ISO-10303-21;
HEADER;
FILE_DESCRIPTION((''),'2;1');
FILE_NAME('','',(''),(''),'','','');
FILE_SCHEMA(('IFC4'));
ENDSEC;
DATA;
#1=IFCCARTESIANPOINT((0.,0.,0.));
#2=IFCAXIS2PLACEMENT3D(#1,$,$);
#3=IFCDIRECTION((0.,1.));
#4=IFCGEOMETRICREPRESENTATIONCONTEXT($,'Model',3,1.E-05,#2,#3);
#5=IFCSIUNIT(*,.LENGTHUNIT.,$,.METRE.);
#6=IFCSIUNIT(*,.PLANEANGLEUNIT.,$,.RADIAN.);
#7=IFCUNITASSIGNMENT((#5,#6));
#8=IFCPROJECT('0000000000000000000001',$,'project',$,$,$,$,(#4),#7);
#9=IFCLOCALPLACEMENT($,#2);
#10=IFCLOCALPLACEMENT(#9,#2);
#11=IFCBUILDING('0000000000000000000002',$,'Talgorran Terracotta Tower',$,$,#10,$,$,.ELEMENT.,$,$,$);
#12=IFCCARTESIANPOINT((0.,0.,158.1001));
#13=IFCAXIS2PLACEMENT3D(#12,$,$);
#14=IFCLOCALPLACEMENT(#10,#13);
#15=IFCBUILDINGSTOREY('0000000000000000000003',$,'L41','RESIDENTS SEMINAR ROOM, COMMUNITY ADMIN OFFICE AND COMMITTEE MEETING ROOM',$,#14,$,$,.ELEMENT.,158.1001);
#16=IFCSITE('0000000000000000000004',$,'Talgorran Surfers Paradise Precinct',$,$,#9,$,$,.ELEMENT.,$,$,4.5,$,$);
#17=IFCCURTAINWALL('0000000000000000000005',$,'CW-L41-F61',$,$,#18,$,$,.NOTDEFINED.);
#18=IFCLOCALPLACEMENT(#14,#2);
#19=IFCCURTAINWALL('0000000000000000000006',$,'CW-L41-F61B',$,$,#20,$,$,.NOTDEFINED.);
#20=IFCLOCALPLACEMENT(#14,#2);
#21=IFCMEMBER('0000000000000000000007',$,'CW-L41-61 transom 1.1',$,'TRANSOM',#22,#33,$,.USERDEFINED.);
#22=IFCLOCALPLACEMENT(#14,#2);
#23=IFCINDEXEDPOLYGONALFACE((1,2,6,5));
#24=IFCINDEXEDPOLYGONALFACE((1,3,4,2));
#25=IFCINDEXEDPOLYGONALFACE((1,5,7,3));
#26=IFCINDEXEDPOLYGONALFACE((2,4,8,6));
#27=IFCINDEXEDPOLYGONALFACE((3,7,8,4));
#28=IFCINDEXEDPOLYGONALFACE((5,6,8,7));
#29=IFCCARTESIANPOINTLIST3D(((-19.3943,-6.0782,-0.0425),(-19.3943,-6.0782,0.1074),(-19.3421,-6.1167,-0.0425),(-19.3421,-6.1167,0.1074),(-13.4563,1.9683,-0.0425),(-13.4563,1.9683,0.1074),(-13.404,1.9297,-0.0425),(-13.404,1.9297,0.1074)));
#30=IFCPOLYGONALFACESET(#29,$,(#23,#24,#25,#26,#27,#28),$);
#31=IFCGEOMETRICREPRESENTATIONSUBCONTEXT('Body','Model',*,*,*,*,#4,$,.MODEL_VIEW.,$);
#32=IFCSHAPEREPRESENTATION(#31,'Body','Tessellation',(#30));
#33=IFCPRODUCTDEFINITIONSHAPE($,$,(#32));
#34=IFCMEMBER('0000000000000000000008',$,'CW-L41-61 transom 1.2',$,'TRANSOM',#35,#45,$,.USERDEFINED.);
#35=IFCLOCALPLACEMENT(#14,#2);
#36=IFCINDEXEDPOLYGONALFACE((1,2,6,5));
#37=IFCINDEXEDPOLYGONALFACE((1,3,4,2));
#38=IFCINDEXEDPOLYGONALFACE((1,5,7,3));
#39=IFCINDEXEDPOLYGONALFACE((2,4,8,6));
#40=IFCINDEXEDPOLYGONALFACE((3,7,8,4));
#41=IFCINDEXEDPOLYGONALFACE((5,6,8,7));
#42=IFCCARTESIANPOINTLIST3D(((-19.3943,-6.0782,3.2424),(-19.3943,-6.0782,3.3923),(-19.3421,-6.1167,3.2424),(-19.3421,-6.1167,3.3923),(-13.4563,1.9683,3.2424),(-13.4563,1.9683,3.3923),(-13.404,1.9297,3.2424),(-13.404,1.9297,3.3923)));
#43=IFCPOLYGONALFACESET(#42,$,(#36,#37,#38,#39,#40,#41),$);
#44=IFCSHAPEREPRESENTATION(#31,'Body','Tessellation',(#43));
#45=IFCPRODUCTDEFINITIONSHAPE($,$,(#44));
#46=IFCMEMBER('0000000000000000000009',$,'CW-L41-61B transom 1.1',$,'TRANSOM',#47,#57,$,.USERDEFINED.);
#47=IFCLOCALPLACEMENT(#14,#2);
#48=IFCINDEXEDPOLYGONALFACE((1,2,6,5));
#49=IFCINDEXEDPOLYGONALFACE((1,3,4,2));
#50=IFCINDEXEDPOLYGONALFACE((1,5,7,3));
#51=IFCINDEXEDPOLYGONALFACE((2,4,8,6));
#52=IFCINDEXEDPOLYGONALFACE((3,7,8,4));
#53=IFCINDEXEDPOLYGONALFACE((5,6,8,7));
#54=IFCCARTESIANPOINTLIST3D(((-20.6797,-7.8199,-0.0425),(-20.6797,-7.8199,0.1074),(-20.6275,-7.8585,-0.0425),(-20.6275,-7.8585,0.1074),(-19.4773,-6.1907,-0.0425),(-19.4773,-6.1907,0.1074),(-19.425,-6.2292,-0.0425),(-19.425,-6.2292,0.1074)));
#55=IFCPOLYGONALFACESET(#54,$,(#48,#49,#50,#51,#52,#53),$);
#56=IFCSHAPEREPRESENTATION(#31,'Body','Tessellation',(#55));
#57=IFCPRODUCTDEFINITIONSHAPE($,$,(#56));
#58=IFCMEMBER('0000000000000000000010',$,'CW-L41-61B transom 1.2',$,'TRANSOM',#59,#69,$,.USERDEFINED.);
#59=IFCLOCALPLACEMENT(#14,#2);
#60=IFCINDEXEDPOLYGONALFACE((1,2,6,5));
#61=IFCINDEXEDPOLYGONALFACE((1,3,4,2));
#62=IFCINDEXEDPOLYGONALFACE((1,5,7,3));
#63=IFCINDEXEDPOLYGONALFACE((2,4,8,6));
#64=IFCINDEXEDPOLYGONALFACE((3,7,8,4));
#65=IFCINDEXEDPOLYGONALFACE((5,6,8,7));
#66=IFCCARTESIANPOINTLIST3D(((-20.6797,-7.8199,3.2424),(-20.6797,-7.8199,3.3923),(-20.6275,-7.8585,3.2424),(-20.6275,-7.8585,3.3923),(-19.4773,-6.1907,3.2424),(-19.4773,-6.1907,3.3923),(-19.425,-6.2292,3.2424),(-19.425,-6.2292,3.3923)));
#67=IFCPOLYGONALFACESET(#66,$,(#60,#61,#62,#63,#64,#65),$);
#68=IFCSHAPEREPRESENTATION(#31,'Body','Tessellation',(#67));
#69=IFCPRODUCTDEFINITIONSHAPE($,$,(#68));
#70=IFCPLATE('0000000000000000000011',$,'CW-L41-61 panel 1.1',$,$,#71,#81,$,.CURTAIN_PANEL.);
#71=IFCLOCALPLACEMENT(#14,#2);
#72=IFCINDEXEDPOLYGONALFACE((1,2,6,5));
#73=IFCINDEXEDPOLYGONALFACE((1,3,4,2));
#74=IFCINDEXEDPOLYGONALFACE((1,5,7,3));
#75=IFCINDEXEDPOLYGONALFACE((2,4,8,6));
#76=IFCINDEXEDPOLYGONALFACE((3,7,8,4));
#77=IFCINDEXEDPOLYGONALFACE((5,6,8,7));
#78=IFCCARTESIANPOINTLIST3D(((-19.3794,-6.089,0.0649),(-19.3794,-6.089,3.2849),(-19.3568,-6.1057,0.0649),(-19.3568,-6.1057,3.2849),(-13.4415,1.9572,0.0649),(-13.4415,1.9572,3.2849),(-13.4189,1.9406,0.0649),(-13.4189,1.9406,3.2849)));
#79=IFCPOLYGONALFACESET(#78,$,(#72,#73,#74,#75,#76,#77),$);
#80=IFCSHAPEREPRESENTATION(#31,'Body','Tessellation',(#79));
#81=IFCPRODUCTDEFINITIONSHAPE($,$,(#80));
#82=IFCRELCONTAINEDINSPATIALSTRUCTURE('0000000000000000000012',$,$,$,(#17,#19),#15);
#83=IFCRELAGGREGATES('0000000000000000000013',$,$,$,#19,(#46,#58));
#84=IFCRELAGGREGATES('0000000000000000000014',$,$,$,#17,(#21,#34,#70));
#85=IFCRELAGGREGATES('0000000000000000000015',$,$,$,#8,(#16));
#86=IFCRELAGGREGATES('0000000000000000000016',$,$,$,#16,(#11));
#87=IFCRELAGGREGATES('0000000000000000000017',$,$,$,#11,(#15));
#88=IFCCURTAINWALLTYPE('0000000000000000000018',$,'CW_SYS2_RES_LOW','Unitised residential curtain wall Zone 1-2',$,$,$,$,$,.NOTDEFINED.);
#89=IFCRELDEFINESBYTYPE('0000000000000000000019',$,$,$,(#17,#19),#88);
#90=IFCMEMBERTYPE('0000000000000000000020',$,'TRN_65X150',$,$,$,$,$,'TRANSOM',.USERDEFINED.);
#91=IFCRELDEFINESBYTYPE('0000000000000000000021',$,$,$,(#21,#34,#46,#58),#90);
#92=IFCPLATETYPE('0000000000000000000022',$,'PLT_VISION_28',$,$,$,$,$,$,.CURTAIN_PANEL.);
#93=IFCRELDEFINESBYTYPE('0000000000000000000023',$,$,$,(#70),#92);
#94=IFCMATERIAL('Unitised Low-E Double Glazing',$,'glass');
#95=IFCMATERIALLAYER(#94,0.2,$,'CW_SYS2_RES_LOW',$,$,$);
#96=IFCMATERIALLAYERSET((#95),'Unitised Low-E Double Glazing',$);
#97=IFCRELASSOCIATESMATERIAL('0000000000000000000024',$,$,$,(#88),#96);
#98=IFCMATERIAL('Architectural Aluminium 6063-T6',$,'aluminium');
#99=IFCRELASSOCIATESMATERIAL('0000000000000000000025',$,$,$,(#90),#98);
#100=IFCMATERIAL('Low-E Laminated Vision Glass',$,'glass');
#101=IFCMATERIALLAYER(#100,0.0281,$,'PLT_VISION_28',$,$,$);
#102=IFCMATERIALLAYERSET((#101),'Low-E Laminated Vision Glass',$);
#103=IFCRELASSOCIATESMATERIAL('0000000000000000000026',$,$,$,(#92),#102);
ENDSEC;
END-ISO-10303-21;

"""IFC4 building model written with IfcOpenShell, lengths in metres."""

from ifc_helpers import new_model, si_unit, direction, frame, origin, origin_2d, place, context, subcontext, project, spatial, rectangle, extrude, source, transform, mapped, material, layer, layer_set, material_profile, profile_set, type_object, type_shapes, element, aggregate, save


model = new_model("IFC4")

# Units and contexts
model_context = context("Model", 3, precision=1e-05, world=origin(), true_north=direction((0.0, 1.0)))
body_context = subcontext(model_context, "Body", "Model", "MODEL_VIEW")
ifc_project = project(units=[si_unit("LENGTHUNIT", "METRE"), si_unit("PLANEANGLEUNIT", "RADIAN")], contexts=[model_context])

# Site, building, storey
site_placement = place(None, origin())
site = spatial("IfcSite", under=ifc_project, at=site_placement, Name="Talgorran Surfers Paradise Precinct", CompositionType="ELEMENT", RefElevation=4.5)
building_placement = place(site_placement, origin())
building = spatial("IfcBuilding", under=site, at=building_placement, Name="Talgorran Terracotta Tower", CompositionType="ELEMENT")
storey_placement = place(building_placement, frame((0.0, 0.0, 158.1001)))
storey = spatial("IfcBuildingStorey", under=building, at=storey_placement, Name="L41", Description="RESIDENTS SEMINAR ROOM, COMMUNITY ADMIN OFFICE AND COMMITTEE MEETING ROOM", CompositionType="ELEMENT", Elevation=158.1001)

# Curtain wall
ifc_material_1 = material(Name="Unitised Low-E Double Glazing", Category="glass")
ifc_layer_1 = layer(ifc_material_1, 0.2, Name="CW_SYS2_RES_LOW")
ifc_layer_set_1 = layer_set([ifc_layer_1], Name="Unitised Low-E Double Glazing")
curtain_wall_type = type_object("IfcCurtainWallType", Name="CW_SYS2_RES_LOW", Description="Unitised residential curtain wall Zone 1-2", PredefinedType="NOTDEFINED", material=ifc_layer_set_1)
curtain_wall_1_placement = place(storey_placement, origin())
curtain_wall_1 = element("IfcCurtainWall", 1, at=curtain_wall_1_placement, inside=storey, type_object=curtain_wall_type, Name="CW-L41-F61", PredefinedType="NOTDEFINED")
ifc_material_2 = material(Name="Architectural Aluminium 6063-T6", Category="aluminium")

# Curtain wall
curtain_wall_2_placement = place(storey_placement, origin())
curtain_wall_2 = element("IfcCurtainWall", 2, at=curtain_wall_2_placement, inside=storey, type_object=curtain_wall_type, Name="CW-L41-F61B", PredefinedType="NOTDEFINED")

# Members
ifc_material_profile_1 = material_profile(ifc_material_2, rectangle(XDim=0.0649, YDim=0.1499, at=origin_2d()), Name="CWT65X150")
ifc_profile_set_1 = profile_set([ifc_material_profile_1], Name="Architectural Aluminium 6063-T6")
member_type_1 = type_object("IfcMemberType", Name="TRN_65X150", ElementType="TRANSOM", PredefinedType="USERDEFINED", material=ifc_profile_set_1)
member_1_placement = place(storey_placement, frame((-13.4302, 1.949, 0.0325), z_axis=(-0.593787, -0.804622, 0.0), x_axis=(0.804622, -0.593787, 0.0)))
member_1 = element("IfcMember", 3, at=member_1_placement, type_object=member_type_1, Name="CW-L41-61 transom 1.1", ObjectType="TRANSOM", PredefinedType="USERDEFINED", context=body_context, shape_type="SweptSolid", body=[
    extrude(rectangle(XDim=0.0649, YDim=0.1499, at=origin_2d()), origin(), (0.0, 0.0, 1.0), 10.0002),
])
member_2_placement = place(storey_placement, frame((-13.4302, 1.949, 3.3174), z_axis=(-0.593787, -0.804622, 0.0), x_axis=(0.804622, -0.593787, 0.0)))
member_2 = element("IfcMember", 4, at=member_2_placement, type_object=member_type_1, Name="CW-L41-61 transom 1.2", ObjectType="TRANSOM", PredefinedType="USERDEFINED", context=body_context, shape_type="SweptSolid", body=[
    extrude(rectangle(XDim=0.0649, YDim=0.1499, at=origin_2d()), origin(), (0.0, 0.0, 1.0), 10.0002),
])
member_3_placement = place(storey_placement, frame((-19.4512, -6.21, 0.0325), z_axis=(-0.593828, -0.804592, 0.0), x_axis=(0.804592, -0.593828, 0.0)))
member_3 = element("IfcMember", 5, at=member_3_placement, type_object=member_type_1, Name="CW-L41-61B transom 1.1", ObjectType="TRANSOM", PredefinedType="USERDEFINED", context=body_context, shape_type="SweptSolid", body=[
    extrude(rectangle(XDim=0.0649, YDim=0.1499, at=origin_2d()), origin(), (0.0, 0.0, 1.0), 2.0249),
])
member_4_placement = place(storey_placement, frame((-19.4512, -6.21, 3.3174), z_axis=(-0.593828, -0.804592, 0.0), x_axis=(0.804592, -0.593828, 0.0)))
member_4 = element("IfcMember", 6, at=member_4_placement, type_object=member_type_1, Name="CW-L41-61B transom 1.2", ObjectType="TRANSOM", PredefinedType="USERDEFINED", context=body_context, shape_type="SweptSolid", body=[
    extrude(rectangle(XDim=0.0649, YDim=0.1499, at=origin_2d()), origin(), (0.0, 0.0, 1.0), 2.0249),
])
aggregate(curtain_wall_2, [member_3, member_4])

# Plate
ifc_material_3 = material(Name="Low-E Laminated Vision Glass", Category="glass")
ifc_layer_2 = layer(ifc_material_3, 0.0281, Name="PLT_VISION_28")
ifc_layer_set_2 = layer_set([ifc_layer_2], Name="Low-E Laminated Vision Glass")
plate_type = type_object("IfcPlateType", Name="PLT_VISION_28", PredefinedType="CURTAIN_PANEL", material=ifc_layer_set_2)
shared_shape = source(origin(), body_context, "Body", "SweptSolid", [
    extrude(rectangle(XDim=10.0, YDim=0.0281, at=origin_2d()), origin(), (0.0, 0.0, 1.0), 3.22),
])
type_shapes(plate_type, [shared_shape])
plate_placement = place(storey_placement, frame((-16.3992, -2.0742, 0.0649), z_axis=(0.0, 0.0, 1.0), x_axis=(-0.593786, -0.804623, 0.0)))
plate = element("IfcPlate", 7, at=plate_placement, type_object=plate_type, Name="CW-L41-61 panel 1.1", PredefinedType="CURTAIN_PANEL", context=body_context, shape_type="MappedRepresentation", body=[
    mapped(shared_shape, transform((0.0, 0.0, 0.0), scale=1.0)),
])
aggregate(curtain_wall_1, [member_1, member_2, plate])

save(model, "model.ifc")
